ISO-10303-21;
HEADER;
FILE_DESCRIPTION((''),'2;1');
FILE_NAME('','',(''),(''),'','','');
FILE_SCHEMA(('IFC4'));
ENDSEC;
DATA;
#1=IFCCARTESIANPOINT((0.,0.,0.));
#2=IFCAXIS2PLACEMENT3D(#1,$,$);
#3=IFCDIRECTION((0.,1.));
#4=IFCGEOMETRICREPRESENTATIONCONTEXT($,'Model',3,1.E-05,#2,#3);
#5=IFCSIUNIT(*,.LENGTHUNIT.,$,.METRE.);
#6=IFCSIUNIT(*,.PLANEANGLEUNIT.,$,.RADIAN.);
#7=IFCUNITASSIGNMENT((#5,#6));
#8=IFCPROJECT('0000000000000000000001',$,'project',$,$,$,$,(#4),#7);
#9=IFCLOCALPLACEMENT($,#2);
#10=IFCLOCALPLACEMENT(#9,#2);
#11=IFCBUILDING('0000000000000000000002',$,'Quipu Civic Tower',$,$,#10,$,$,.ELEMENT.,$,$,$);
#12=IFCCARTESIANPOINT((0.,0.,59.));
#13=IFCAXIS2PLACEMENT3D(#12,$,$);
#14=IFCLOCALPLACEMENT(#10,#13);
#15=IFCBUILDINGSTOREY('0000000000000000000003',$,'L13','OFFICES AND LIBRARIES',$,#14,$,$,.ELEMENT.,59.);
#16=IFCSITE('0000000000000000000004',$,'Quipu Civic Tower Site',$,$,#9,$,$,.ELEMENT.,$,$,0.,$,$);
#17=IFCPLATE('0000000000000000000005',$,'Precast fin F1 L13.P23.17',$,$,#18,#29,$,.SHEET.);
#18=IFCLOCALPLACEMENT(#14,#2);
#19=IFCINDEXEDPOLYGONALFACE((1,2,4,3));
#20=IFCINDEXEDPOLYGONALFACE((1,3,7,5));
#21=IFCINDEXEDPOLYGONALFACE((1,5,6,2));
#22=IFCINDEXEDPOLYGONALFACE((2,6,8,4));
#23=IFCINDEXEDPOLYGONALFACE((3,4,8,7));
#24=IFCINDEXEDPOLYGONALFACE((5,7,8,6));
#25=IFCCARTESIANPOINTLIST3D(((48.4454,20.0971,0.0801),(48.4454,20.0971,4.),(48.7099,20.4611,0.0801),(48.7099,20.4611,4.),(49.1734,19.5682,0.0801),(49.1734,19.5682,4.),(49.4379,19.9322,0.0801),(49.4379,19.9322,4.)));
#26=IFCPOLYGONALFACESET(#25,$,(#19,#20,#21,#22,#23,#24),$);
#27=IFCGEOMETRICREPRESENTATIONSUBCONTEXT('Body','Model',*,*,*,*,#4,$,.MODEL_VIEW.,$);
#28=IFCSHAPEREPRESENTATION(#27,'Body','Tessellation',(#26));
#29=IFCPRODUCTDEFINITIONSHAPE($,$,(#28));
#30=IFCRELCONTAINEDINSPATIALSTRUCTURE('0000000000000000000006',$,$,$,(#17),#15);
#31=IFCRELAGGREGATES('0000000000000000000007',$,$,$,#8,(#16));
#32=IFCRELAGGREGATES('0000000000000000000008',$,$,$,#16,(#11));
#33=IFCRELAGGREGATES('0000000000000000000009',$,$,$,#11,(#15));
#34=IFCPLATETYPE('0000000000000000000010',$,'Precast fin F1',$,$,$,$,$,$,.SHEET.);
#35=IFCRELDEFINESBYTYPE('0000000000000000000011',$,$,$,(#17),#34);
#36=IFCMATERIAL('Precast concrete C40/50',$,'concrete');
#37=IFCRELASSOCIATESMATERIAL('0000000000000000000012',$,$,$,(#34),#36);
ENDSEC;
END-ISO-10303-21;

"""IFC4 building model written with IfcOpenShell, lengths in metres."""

from ifc_helpers import new_model, si_unit, direction, frame, origin, origin_2d, place, context, subcontext, project, spatial, rectangle, extrude, material, type_object, element, save


model = new_model("IFC4")

# Units and contexts
model_context = context("Model", 3, precision=1e-05, world=origin(), true_north=direction((0.0, 1.0)))
body_context = subcontext(model_context, "Body", "Model", "MODEL_VIEW")
ifc_project = project(units=[si_unit("LENGTHUNIT", "METRE"), si_unit("PLANEANGLEUNIT", "RADIAN")], contexts=[model_context])

# Site, building, storey
site_placement = place(None, origin())
site = spatial("IfcSite", under=ifc_project, at=site_placement, Name="Quipu Civic Tower Site", CompositionType="ELEMENT", RefElevation=0.0)
building_placement = place(site_placement, origin())
building = spatial("IfcBuilding", under=site, at=building_placement, Name="Quipu Civic Tower", CompositionType="ELEMENT")
storey_placement = place(building_placement, frame((0.0, 0.0, 59.0)))
storey = spatial("IfcBuildingStorey", under=building, at=storey_placement, Name="L13", Description="OFFICES AND LIBRARIES", CompositionType="ELEMENT", Elevation=59.0)

# Plate
ifc_material_1 = material(Name="Precast concrete C40/50", Category="concrete")
plate_type_1 = type_object("IfcPlateType", Name="Precast fin F1", PredefinedType="SHEET", material=ifc_material_1)
for number, where, z_axis, x_axis, name in (
    (1, (48.9417, 20.0146, 0.0801), (0.0, 0.0, 1.0), (0.587786, 0.809017, 0.0), "Precast fin F1 L13.P23.17"),
):
    element("IfcPlate", number, at=place(storey_placement, frame(where, z_axis=z_axis, x_axis=x_axis)), inside=storey, type_object=plate_type_1, Name=name, PredefinedType="SHEET", context=body_context, shape_type="SweptSolid", body=[
        extrude(rectangle(XDim=0.45, YDim=0.8999, at=origin_2d()), origin(), (0.0, 0.0, 1.0), 3.9199),
    ])

save(model, "model.ifc")
